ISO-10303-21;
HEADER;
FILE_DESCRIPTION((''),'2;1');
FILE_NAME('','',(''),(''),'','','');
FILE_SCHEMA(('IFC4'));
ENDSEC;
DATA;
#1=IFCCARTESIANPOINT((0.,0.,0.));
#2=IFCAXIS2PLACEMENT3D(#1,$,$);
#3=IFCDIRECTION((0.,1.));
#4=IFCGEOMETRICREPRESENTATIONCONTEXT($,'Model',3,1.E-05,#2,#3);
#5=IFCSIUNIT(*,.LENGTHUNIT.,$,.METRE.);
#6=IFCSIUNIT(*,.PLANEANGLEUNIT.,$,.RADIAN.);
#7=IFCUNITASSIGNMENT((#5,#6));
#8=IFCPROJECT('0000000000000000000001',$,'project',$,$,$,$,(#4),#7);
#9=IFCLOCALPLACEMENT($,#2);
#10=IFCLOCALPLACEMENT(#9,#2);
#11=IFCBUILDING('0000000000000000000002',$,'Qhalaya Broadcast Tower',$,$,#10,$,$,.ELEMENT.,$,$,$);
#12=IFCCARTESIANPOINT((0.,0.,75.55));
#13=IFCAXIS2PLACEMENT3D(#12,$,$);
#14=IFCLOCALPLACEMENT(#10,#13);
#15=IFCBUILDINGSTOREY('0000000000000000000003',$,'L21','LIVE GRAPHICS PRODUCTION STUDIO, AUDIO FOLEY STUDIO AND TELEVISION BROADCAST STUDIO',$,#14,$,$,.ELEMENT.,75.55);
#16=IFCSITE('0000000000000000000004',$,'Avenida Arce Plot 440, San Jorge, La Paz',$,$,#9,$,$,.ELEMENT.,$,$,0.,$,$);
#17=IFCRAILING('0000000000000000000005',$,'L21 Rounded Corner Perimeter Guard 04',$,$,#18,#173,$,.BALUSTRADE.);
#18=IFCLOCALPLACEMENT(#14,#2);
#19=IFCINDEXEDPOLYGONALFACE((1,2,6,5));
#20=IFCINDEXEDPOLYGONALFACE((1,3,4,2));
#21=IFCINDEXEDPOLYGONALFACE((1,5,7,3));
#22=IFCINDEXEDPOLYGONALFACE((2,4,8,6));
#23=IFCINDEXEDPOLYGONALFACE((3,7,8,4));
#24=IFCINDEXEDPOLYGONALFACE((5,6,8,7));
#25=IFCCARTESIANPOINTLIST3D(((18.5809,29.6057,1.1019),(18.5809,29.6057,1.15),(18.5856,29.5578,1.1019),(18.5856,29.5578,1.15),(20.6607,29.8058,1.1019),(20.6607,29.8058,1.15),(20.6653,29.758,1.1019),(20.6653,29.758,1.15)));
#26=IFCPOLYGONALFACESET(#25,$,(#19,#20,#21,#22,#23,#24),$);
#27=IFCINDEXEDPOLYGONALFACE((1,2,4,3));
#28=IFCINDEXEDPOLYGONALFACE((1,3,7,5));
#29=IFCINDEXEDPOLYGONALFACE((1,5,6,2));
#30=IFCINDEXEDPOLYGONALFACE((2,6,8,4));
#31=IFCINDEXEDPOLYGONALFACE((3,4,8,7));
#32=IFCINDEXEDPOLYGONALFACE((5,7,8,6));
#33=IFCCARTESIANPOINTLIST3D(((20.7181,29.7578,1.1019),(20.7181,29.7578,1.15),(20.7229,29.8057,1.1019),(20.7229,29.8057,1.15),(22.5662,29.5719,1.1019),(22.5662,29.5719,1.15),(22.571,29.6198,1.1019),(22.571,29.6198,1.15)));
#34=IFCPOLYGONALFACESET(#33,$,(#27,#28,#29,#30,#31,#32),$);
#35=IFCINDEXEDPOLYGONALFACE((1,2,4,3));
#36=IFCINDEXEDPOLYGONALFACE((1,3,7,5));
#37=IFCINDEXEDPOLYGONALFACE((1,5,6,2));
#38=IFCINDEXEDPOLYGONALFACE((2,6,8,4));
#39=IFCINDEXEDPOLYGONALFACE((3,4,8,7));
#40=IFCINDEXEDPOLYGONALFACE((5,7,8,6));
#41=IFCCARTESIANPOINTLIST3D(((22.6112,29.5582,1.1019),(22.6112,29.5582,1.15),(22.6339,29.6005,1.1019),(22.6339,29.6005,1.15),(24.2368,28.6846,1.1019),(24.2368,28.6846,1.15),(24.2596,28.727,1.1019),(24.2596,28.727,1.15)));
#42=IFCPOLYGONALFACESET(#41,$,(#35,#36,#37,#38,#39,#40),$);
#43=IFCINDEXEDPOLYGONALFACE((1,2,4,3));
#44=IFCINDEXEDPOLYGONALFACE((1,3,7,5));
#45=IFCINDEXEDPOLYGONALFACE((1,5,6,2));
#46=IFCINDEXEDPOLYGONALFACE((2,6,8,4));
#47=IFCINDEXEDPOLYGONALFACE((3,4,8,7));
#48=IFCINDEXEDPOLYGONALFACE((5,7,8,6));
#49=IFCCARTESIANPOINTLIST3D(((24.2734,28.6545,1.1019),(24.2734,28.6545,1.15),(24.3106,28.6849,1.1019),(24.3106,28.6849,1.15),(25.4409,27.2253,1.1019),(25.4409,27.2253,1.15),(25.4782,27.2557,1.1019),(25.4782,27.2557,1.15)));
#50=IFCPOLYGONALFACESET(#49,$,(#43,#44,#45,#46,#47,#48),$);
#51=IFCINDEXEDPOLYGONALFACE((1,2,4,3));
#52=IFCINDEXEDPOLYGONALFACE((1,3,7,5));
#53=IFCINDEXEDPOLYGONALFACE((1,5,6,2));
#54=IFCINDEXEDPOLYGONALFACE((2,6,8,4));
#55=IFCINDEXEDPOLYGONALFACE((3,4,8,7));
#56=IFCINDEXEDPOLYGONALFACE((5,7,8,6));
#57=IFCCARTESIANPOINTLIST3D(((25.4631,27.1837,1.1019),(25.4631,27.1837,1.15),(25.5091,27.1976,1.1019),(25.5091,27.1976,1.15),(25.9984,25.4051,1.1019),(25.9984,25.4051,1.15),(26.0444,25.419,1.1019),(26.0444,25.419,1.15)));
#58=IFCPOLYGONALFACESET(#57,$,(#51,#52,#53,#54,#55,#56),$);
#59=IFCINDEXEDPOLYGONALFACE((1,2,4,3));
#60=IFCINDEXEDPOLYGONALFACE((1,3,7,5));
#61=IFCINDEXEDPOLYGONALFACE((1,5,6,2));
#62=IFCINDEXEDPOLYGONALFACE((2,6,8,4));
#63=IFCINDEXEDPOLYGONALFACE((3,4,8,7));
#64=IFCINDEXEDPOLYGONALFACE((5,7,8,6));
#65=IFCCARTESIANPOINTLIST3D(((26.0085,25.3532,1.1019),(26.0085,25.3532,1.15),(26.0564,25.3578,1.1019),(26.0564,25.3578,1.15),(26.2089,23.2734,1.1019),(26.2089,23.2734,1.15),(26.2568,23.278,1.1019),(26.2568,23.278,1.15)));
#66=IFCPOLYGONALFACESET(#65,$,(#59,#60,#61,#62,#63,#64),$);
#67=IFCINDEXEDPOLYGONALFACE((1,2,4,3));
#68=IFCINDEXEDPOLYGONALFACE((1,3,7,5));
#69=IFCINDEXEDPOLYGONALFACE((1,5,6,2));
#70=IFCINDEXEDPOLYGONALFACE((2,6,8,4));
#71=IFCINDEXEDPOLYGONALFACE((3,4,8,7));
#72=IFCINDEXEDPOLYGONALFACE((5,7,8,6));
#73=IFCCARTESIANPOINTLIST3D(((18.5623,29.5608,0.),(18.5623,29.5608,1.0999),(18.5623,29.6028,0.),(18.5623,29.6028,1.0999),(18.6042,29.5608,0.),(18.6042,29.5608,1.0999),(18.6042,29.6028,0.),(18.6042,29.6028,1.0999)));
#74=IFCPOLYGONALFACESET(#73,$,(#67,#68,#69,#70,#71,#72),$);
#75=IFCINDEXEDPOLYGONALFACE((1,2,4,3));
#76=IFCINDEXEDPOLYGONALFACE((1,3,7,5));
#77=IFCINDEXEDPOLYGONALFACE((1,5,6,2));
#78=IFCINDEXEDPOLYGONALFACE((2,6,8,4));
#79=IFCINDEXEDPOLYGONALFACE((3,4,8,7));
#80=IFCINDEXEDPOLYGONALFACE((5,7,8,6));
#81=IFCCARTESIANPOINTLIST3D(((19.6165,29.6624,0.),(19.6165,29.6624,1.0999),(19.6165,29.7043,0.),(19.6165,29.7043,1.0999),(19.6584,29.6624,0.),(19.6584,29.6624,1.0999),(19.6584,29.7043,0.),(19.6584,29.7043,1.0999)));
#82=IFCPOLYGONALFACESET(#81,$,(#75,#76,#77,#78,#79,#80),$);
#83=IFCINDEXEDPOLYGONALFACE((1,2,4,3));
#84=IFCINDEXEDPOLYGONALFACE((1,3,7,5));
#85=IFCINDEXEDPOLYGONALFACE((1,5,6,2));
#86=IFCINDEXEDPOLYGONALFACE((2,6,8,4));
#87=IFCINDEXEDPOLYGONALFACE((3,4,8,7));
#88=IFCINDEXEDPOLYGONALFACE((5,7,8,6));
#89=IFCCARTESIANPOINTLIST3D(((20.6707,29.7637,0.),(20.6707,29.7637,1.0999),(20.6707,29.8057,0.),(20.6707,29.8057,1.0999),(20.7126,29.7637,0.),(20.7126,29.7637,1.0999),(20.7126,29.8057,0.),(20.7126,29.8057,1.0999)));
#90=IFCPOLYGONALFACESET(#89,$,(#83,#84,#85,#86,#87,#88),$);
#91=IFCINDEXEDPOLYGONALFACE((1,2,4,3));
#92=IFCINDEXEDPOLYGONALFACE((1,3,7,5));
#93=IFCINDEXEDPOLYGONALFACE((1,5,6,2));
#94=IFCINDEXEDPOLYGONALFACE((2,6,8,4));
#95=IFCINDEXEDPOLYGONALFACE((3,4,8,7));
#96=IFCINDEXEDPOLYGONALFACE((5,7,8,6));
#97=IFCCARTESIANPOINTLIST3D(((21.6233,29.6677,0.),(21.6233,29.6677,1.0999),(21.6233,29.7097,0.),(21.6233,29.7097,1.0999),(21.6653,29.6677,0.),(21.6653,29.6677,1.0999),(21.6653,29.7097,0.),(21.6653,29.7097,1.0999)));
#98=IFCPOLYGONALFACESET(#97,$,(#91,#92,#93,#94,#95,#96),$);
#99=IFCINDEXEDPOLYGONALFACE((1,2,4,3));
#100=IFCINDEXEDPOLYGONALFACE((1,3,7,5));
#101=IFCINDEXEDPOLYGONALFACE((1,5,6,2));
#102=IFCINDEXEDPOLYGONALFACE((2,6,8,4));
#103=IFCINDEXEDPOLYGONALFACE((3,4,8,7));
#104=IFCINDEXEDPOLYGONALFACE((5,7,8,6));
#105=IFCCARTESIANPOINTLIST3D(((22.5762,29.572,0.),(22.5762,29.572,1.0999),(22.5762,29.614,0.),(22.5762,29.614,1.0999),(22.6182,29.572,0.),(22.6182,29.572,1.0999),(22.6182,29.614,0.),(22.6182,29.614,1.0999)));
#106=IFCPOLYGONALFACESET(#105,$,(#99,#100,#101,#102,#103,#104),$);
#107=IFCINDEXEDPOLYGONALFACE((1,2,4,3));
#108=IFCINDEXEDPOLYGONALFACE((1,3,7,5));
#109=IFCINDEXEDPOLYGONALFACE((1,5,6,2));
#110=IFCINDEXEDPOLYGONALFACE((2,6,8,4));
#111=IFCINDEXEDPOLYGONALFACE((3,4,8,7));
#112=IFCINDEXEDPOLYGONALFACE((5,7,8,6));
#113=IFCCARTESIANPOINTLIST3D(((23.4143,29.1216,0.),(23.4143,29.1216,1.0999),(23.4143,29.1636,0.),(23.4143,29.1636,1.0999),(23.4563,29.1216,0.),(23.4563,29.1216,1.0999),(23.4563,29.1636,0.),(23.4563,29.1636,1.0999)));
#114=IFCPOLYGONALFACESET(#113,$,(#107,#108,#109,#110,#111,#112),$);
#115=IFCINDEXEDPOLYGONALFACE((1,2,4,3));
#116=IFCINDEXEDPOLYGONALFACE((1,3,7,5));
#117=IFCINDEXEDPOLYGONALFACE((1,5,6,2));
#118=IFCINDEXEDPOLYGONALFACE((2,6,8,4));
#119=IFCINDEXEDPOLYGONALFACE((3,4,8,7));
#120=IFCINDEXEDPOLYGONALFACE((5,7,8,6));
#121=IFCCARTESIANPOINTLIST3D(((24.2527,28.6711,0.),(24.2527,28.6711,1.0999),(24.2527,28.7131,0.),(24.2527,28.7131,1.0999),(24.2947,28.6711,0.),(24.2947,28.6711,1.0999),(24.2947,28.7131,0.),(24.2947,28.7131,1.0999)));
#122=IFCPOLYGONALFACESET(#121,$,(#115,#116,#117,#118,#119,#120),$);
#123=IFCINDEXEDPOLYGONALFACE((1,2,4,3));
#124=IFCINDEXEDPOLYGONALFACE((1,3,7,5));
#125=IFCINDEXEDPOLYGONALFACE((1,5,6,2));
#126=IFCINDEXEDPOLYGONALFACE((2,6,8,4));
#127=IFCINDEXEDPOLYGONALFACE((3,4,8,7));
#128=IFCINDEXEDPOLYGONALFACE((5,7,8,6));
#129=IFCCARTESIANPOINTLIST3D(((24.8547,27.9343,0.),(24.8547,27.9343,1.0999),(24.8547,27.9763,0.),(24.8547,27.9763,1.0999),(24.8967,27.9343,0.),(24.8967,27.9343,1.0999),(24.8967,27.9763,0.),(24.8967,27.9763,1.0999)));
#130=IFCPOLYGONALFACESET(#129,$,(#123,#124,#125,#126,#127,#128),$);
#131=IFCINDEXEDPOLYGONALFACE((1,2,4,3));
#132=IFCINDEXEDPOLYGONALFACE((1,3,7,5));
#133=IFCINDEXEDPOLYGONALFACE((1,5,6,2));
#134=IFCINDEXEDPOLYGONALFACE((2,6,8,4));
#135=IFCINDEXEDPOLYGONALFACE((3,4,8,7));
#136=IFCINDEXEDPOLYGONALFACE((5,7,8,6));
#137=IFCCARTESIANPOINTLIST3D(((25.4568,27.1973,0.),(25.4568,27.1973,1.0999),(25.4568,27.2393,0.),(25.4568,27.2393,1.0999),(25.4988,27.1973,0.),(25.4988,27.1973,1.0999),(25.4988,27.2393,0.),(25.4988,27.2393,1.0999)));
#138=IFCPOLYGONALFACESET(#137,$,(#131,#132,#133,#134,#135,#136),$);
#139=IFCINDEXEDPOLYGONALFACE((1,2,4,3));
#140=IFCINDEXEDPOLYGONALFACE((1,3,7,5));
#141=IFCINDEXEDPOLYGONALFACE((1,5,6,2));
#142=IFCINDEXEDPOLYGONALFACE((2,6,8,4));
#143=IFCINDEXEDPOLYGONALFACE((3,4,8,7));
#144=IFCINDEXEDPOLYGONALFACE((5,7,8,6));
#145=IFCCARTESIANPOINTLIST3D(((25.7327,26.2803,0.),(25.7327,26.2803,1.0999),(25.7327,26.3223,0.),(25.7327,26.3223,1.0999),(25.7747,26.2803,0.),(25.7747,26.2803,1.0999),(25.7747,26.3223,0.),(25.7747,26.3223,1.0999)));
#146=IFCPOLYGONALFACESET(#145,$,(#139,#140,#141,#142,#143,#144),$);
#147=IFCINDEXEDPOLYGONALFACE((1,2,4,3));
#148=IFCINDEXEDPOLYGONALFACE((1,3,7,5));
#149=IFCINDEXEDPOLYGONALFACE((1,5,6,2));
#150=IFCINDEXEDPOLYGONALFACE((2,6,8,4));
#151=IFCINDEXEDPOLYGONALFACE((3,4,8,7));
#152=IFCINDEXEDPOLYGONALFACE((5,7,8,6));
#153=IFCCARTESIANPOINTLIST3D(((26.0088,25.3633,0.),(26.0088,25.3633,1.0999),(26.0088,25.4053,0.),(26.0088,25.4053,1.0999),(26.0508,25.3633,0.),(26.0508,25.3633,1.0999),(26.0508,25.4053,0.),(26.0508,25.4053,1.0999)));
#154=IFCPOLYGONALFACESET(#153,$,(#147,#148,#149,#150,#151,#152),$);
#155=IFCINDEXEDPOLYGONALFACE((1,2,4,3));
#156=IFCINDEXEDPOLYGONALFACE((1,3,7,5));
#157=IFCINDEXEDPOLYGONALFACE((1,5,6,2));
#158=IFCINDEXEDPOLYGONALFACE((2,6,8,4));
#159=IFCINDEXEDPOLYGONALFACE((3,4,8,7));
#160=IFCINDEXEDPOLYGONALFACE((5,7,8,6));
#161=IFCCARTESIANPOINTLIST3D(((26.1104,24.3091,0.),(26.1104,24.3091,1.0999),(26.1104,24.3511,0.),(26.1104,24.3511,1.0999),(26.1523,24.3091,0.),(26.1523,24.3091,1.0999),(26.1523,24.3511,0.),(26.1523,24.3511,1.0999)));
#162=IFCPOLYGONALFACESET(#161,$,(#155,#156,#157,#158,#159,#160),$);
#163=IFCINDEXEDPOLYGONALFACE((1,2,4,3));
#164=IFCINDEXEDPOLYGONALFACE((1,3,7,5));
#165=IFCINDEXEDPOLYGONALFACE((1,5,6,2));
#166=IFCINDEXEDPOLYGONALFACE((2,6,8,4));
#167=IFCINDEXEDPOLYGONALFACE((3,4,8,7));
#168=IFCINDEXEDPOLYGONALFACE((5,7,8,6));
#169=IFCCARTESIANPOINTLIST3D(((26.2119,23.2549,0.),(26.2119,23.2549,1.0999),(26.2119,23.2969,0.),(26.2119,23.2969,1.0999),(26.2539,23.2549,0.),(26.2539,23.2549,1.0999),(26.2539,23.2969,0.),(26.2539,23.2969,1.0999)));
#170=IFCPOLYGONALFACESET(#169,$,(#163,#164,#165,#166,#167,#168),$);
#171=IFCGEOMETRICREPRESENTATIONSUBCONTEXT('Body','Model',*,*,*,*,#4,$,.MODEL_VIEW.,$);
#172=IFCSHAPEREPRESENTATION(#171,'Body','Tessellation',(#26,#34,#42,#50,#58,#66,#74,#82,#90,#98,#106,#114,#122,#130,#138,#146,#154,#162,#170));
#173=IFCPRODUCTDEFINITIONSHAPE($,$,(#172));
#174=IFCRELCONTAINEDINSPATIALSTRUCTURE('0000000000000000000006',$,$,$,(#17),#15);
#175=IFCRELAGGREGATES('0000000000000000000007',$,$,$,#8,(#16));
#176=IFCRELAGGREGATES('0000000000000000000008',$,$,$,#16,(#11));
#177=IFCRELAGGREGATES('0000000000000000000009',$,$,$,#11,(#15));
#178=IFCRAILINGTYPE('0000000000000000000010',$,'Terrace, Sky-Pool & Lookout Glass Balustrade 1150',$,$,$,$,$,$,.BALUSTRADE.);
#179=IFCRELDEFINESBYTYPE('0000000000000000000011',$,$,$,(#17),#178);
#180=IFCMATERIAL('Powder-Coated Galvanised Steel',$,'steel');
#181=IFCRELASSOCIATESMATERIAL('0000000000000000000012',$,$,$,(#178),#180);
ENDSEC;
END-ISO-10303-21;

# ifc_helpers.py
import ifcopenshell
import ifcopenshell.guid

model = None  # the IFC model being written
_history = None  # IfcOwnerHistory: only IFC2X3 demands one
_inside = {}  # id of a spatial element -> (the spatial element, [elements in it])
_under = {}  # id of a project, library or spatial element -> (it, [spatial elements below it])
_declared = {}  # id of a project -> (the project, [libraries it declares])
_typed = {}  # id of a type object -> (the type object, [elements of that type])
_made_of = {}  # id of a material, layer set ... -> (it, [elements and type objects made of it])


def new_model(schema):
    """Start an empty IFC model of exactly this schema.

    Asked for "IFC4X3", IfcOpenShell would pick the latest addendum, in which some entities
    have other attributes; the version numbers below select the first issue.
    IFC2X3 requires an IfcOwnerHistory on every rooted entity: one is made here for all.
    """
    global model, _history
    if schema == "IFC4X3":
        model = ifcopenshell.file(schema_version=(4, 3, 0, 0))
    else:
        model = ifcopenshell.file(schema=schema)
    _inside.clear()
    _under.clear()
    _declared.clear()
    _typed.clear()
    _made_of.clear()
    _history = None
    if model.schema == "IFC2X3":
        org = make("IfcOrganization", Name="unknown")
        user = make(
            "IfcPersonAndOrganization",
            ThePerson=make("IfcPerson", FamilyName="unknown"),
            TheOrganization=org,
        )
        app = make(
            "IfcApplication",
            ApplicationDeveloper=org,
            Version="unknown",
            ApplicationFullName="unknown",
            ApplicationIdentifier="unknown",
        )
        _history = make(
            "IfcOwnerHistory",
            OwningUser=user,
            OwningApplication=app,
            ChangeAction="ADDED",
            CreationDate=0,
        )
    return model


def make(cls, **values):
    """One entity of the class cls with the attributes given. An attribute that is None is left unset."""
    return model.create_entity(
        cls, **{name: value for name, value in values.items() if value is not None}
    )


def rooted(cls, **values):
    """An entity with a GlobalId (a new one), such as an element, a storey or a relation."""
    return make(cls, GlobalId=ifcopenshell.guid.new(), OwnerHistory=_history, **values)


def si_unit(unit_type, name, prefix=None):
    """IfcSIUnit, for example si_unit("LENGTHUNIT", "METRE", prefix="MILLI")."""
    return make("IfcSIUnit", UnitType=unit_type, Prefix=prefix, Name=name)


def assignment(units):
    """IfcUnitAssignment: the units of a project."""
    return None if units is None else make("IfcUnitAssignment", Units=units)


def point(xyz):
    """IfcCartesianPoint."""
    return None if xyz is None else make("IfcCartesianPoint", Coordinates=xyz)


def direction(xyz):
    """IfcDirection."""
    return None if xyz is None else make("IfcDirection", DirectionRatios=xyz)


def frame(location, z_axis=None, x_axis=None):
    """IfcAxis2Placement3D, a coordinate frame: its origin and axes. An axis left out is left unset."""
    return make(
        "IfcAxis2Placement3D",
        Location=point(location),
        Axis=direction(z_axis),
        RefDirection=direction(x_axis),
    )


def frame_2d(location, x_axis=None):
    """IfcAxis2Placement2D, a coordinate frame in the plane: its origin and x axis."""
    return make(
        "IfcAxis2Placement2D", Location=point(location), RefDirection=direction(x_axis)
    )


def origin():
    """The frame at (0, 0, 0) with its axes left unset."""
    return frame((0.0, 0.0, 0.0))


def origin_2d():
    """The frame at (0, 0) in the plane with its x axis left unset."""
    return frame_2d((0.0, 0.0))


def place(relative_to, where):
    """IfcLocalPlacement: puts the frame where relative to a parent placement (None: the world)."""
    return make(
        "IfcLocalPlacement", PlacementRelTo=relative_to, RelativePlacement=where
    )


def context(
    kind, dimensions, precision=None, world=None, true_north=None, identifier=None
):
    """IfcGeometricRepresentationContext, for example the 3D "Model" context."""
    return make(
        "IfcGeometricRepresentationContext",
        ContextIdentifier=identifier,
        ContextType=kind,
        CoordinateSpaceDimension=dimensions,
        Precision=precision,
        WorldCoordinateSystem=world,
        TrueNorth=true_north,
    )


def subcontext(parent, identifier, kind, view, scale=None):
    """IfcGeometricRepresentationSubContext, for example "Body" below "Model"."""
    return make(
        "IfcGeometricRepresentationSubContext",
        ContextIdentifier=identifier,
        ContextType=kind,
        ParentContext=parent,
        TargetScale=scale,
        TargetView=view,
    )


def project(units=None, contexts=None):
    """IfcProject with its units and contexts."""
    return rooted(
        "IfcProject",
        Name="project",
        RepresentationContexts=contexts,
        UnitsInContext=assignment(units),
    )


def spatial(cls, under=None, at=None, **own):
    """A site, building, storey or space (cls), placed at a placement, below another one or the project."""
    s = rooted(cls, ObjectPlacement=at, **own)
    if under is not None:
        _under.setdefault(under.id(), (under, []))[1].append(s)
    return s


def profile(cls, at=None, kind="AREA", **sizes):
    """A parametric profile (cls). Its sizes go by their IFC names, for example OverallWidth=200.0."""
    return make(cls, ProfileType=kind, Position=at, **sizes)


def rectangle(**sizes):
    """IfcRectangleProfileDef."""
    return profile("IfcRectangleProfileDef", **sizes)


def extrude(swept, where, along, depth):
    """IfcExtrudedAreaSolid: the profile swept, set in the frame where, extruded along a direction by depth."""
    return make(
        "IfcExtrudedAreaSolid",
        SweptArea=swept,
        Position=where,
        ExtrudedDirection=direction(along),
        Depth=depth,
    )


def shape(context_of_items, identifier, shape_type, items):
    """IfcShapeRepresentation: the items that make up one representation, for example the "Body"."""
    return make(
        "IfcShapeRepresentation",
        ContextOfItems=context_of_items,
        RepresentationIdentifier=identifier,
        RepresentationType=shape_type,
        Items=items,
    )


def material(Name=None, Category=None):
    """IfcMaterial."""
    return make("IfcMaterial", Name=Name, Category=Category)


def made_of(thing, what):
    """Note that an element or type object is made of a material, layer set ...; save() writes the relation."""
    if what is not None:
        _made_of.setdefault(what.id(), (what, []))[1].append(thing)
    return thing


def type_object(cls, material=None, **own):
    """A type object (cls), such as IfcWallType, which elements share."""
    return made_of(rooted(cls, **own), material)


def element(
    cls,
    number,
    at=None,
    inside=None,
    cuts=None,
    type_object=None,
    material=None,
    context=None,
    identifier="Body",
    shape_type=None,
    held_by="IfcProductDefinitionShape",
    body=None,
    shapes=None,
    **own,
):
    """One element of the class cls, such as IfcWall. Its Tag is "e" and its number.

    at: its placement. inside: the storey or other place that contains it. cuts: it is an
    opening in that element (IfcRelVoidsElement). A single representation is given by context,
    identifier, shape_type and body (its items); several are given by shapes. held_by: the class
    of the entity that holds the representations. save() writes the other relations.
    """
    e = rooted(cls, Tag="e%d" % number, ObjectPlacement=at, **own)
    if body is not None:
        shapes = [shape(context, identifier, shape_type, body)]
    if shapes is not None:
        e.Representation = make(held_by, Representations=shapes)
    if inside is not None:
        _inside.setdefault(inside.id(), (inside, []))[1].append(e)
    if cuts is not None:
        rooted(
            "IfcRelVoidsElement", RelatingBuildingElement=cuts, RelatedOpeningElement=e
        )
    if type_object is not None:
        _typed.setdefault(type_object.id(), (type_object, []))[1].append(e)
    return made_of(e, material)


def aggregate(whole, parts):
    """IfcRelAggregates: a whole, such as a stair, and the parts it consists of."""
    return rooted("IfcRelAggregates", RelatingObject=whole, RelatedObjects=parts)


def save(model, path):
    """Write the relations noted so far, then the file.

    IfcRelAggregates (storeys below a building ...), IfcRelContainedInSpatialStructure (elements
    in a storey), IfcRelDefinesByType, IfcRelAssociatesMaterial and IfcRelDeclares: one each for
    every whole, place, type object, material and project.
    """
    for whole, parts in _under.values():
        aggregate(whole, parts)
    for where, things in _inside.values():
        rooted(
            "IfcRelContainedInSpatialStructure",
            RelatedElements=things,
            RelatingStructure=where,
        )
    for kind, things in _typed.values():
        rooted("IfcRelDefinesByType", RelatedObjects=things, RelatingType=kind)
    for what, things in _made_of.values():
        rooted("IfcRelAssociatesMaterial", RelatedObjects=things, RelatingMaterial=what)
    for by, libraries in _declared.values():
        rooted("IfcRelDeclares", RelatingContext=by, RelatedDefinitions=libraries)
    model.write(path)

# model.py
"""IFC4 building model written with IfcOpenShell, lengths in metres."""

from ifc_helpers import new_model, si_unit, direction, frame, origin, origin_2d, place, context, subcontext, project, spatial, rectangle, extrude, material, type_object, element, save


model = new_model("IFC4")

# Units and contexts
model_context = context("Model", 3, precision=1e-05, world=origin(), true_north=direction((0.0, 1.0)))
body_context = subcontext(model_context, "Body", "Model", "MODEL_VIEW")
ifc_project = project(units=[si_unit("LENGTHUNIT", "METRE"), si_unit("PLANEANGLEUNIT", "RADIAN")], contexts=[model_context])

# Site, building, storey
site_placement = place(None, origin())
site = spatial("IfcSite", under=ifc_project, at=site_placement, Name="Avenida Arce Plot 440, San Jorge, La Paz", CompositionType="ELEMENT", RefElevation=0.0)
building_placement = place(site_placement, origin())
building = spatial("IfcBuilding", under=site, at=building_placement, Name="Qhalaya Broadcast Tower", CompositionType="ELEMENT")
storey_placement = place(building_placement, frame((0.0, 0.0, 75.55)))
storey = spatial("IfcBuildingStorey", under=building, at=storey_placement, Name="L21", Description="LIVE GRAPHICS PRODUCTION STUDIO, AUDIO FOLEY STUDIO AND TELEVISION BROADCAST STUDIO", CompositionType="ELEMENT", Elevation=75.55)

# Railing
ifc_material_1 = material(Name="Powder-Coated Galvanised Steel", Category="steel")
railing_type = type_object("IfcRailingType", Name="Terrace, Sky-Pool & Lookout Glass Balustrade 1150", PredefinedType="BALUSTRADE", material=ifc_material_1)
railing_placement = place(storey_placement, frame((18.5833, 29.5818, 0.0)))
element("IfcRailing", 1, at=railing_placement, inside=storey, type_object=railing_type, Name="L21 Rounded Corner Perimeter Guard 04", PredefinedType="BALUSTRADE", context=body_context, shape_type="SweptSolid", body=[
    extrude(rectangle(XDim=0.0481, YDim=0.0481, at=origin_2d()), frame((0.0, 0.0, 1.126), z_axis=(0.995402, 0.095783, 0.0), x_axis=(-0.095783, 0.995402, 0.0)), (0.0, 0.0, 1.0), 2.0894),
    extrude(rectangle(XDim=0.0481, YDim=0.0481, at=origin_2d()), frame((2.1372, 0.2, 1.126), z_axis=(0.99498, -0.100072, 0.0), x_axis=(0.100072, 0.99498, 0.0)), (0.0, 0.0, 1.0), 1.8574),
    extrude(rectangle(XDim=0.0481, YDim=0.0481, at=origin_2d()), frame((4.0393, -0.0024, 1.126), z_axis=(0.880879, -0.473342, 0.0), x_axis=(0.473342, 0.880879, 0.0)), (0.0, 0.0, 1.0), 1.8455),
    extrude(rectangle(XDim=0.0481, YDim=0.0481, at=origin_2d()), frame((5.7087, -0.9121, 1.126), z_axis=(0.632672, -0.77442, 0.0), x_axis=(0.77442, 0.632672, 0.0)), (0.0, 0.0, 1.0), 1.8455),
    extrude(rectangle(XDim=0.0481, YDim=0.0481, at=origin_2d()), frame((6.9028, -2.3911, 1.126), z_axis=(0.288213, -0.957566, 0.0), x_axis=(0.957566, 0.288213, 0.0)), (0.0, 0.0, 1.0), 1.8574),
    extrude(rectangle(XDim=0.0481, YDim=0.0481, at=origin_2d()), frame((7.4492, -4.2263, 1.126), z_axis=(0.095897, -0.995391, 0.0), x_axis=(0.995391, 0.095897, 0.0)), (0.0, 0.0, 1.0), 2.0894),
    extrude(rectangle(XDim=0.042, YDim=0.042, at=origin_2d()), origin(), (0.0, 0.0, 1.0), 1.0999),
    extrude(rectangle(XDim=0.042, YDim=0.042, at=origin_2d()), frame((1.0542, 0.1016, 0.0)), (0.0, 0.0, 1.0), 1.0999),
    extrude(rectangle(XDim=0.042, YDim=0.042, at=origin_2d()), frame((2.1084, 0.2029, 0.0)), (0.0, 0.0, 1.0), 1.0999),
    extrude(rectangle(XDim=0.042, YDim=0.042, at=origin_2d()), frame((3.061, 0.1069, 0.0)), (0.0, 0.0, 1.0), 1.0999),
    extrude(rectangle(XDim=0.042, YDim=0.042, at=origin_2d()), frame((4.0139, 0.0112, 0.0)), (0.0, 0.0, 1.0), 1.0999),
    extrude(rectangle(XDim=0.042, YDim=0.042, at=origin_2d()), frame((4.8521, -0.4392, 0.0)), (0.0, 0.0, 1.0), 1.0999),
    extrude(rectangle(XDim=0.042, YDim=0.042, at=origin_2d()), frame((5.6904, -0.8896, 0.0)), (0.0, 0.0, 1.0), 1.0999),
    extrude(rectangle(XDim=0.042, YDim=0.042, at=origin_2d()), frame((6.2925, -1.6265, 0.0)), (0.0, 0.0, 1.0), 1.0999),
    extrude(rectangle(XDim=0.042, YDim=0.042, at=origin_2d()), frame((6.8945, -2.3635, 0.0)), (0.0, 0.0, 1.0), 1.0999),
    extrude(rectangle(XDim=0.042, YDim=0.042, at=origin_2d()), frame((7.1704, -3.2805, 0.0)), (0.0, 0.0, 1.0), 1.0999),
    extrude(rectangle(XDim=0.042, YDim=0.042, at=origin_2d()), frame((7.4465, -4.1975, 0.0)), (0.0, 0.0, 1.0), 1.0999),
    extrude(rectangle(XDim=0.042, YDim=0.042, at=origin_2d()), frame((7.5481, -5.2517, 0.0)), (0.0, 0.0, 1.0), 1.0999),
    extrude(rectangle(XDim=0.042, YDim=0.042, at=origin_2d()), frame((7.6497, -6.3059, 0.0)), (0.0, 0.0, 1.0), 1.0999),
])

save(model, "model.ifc")
